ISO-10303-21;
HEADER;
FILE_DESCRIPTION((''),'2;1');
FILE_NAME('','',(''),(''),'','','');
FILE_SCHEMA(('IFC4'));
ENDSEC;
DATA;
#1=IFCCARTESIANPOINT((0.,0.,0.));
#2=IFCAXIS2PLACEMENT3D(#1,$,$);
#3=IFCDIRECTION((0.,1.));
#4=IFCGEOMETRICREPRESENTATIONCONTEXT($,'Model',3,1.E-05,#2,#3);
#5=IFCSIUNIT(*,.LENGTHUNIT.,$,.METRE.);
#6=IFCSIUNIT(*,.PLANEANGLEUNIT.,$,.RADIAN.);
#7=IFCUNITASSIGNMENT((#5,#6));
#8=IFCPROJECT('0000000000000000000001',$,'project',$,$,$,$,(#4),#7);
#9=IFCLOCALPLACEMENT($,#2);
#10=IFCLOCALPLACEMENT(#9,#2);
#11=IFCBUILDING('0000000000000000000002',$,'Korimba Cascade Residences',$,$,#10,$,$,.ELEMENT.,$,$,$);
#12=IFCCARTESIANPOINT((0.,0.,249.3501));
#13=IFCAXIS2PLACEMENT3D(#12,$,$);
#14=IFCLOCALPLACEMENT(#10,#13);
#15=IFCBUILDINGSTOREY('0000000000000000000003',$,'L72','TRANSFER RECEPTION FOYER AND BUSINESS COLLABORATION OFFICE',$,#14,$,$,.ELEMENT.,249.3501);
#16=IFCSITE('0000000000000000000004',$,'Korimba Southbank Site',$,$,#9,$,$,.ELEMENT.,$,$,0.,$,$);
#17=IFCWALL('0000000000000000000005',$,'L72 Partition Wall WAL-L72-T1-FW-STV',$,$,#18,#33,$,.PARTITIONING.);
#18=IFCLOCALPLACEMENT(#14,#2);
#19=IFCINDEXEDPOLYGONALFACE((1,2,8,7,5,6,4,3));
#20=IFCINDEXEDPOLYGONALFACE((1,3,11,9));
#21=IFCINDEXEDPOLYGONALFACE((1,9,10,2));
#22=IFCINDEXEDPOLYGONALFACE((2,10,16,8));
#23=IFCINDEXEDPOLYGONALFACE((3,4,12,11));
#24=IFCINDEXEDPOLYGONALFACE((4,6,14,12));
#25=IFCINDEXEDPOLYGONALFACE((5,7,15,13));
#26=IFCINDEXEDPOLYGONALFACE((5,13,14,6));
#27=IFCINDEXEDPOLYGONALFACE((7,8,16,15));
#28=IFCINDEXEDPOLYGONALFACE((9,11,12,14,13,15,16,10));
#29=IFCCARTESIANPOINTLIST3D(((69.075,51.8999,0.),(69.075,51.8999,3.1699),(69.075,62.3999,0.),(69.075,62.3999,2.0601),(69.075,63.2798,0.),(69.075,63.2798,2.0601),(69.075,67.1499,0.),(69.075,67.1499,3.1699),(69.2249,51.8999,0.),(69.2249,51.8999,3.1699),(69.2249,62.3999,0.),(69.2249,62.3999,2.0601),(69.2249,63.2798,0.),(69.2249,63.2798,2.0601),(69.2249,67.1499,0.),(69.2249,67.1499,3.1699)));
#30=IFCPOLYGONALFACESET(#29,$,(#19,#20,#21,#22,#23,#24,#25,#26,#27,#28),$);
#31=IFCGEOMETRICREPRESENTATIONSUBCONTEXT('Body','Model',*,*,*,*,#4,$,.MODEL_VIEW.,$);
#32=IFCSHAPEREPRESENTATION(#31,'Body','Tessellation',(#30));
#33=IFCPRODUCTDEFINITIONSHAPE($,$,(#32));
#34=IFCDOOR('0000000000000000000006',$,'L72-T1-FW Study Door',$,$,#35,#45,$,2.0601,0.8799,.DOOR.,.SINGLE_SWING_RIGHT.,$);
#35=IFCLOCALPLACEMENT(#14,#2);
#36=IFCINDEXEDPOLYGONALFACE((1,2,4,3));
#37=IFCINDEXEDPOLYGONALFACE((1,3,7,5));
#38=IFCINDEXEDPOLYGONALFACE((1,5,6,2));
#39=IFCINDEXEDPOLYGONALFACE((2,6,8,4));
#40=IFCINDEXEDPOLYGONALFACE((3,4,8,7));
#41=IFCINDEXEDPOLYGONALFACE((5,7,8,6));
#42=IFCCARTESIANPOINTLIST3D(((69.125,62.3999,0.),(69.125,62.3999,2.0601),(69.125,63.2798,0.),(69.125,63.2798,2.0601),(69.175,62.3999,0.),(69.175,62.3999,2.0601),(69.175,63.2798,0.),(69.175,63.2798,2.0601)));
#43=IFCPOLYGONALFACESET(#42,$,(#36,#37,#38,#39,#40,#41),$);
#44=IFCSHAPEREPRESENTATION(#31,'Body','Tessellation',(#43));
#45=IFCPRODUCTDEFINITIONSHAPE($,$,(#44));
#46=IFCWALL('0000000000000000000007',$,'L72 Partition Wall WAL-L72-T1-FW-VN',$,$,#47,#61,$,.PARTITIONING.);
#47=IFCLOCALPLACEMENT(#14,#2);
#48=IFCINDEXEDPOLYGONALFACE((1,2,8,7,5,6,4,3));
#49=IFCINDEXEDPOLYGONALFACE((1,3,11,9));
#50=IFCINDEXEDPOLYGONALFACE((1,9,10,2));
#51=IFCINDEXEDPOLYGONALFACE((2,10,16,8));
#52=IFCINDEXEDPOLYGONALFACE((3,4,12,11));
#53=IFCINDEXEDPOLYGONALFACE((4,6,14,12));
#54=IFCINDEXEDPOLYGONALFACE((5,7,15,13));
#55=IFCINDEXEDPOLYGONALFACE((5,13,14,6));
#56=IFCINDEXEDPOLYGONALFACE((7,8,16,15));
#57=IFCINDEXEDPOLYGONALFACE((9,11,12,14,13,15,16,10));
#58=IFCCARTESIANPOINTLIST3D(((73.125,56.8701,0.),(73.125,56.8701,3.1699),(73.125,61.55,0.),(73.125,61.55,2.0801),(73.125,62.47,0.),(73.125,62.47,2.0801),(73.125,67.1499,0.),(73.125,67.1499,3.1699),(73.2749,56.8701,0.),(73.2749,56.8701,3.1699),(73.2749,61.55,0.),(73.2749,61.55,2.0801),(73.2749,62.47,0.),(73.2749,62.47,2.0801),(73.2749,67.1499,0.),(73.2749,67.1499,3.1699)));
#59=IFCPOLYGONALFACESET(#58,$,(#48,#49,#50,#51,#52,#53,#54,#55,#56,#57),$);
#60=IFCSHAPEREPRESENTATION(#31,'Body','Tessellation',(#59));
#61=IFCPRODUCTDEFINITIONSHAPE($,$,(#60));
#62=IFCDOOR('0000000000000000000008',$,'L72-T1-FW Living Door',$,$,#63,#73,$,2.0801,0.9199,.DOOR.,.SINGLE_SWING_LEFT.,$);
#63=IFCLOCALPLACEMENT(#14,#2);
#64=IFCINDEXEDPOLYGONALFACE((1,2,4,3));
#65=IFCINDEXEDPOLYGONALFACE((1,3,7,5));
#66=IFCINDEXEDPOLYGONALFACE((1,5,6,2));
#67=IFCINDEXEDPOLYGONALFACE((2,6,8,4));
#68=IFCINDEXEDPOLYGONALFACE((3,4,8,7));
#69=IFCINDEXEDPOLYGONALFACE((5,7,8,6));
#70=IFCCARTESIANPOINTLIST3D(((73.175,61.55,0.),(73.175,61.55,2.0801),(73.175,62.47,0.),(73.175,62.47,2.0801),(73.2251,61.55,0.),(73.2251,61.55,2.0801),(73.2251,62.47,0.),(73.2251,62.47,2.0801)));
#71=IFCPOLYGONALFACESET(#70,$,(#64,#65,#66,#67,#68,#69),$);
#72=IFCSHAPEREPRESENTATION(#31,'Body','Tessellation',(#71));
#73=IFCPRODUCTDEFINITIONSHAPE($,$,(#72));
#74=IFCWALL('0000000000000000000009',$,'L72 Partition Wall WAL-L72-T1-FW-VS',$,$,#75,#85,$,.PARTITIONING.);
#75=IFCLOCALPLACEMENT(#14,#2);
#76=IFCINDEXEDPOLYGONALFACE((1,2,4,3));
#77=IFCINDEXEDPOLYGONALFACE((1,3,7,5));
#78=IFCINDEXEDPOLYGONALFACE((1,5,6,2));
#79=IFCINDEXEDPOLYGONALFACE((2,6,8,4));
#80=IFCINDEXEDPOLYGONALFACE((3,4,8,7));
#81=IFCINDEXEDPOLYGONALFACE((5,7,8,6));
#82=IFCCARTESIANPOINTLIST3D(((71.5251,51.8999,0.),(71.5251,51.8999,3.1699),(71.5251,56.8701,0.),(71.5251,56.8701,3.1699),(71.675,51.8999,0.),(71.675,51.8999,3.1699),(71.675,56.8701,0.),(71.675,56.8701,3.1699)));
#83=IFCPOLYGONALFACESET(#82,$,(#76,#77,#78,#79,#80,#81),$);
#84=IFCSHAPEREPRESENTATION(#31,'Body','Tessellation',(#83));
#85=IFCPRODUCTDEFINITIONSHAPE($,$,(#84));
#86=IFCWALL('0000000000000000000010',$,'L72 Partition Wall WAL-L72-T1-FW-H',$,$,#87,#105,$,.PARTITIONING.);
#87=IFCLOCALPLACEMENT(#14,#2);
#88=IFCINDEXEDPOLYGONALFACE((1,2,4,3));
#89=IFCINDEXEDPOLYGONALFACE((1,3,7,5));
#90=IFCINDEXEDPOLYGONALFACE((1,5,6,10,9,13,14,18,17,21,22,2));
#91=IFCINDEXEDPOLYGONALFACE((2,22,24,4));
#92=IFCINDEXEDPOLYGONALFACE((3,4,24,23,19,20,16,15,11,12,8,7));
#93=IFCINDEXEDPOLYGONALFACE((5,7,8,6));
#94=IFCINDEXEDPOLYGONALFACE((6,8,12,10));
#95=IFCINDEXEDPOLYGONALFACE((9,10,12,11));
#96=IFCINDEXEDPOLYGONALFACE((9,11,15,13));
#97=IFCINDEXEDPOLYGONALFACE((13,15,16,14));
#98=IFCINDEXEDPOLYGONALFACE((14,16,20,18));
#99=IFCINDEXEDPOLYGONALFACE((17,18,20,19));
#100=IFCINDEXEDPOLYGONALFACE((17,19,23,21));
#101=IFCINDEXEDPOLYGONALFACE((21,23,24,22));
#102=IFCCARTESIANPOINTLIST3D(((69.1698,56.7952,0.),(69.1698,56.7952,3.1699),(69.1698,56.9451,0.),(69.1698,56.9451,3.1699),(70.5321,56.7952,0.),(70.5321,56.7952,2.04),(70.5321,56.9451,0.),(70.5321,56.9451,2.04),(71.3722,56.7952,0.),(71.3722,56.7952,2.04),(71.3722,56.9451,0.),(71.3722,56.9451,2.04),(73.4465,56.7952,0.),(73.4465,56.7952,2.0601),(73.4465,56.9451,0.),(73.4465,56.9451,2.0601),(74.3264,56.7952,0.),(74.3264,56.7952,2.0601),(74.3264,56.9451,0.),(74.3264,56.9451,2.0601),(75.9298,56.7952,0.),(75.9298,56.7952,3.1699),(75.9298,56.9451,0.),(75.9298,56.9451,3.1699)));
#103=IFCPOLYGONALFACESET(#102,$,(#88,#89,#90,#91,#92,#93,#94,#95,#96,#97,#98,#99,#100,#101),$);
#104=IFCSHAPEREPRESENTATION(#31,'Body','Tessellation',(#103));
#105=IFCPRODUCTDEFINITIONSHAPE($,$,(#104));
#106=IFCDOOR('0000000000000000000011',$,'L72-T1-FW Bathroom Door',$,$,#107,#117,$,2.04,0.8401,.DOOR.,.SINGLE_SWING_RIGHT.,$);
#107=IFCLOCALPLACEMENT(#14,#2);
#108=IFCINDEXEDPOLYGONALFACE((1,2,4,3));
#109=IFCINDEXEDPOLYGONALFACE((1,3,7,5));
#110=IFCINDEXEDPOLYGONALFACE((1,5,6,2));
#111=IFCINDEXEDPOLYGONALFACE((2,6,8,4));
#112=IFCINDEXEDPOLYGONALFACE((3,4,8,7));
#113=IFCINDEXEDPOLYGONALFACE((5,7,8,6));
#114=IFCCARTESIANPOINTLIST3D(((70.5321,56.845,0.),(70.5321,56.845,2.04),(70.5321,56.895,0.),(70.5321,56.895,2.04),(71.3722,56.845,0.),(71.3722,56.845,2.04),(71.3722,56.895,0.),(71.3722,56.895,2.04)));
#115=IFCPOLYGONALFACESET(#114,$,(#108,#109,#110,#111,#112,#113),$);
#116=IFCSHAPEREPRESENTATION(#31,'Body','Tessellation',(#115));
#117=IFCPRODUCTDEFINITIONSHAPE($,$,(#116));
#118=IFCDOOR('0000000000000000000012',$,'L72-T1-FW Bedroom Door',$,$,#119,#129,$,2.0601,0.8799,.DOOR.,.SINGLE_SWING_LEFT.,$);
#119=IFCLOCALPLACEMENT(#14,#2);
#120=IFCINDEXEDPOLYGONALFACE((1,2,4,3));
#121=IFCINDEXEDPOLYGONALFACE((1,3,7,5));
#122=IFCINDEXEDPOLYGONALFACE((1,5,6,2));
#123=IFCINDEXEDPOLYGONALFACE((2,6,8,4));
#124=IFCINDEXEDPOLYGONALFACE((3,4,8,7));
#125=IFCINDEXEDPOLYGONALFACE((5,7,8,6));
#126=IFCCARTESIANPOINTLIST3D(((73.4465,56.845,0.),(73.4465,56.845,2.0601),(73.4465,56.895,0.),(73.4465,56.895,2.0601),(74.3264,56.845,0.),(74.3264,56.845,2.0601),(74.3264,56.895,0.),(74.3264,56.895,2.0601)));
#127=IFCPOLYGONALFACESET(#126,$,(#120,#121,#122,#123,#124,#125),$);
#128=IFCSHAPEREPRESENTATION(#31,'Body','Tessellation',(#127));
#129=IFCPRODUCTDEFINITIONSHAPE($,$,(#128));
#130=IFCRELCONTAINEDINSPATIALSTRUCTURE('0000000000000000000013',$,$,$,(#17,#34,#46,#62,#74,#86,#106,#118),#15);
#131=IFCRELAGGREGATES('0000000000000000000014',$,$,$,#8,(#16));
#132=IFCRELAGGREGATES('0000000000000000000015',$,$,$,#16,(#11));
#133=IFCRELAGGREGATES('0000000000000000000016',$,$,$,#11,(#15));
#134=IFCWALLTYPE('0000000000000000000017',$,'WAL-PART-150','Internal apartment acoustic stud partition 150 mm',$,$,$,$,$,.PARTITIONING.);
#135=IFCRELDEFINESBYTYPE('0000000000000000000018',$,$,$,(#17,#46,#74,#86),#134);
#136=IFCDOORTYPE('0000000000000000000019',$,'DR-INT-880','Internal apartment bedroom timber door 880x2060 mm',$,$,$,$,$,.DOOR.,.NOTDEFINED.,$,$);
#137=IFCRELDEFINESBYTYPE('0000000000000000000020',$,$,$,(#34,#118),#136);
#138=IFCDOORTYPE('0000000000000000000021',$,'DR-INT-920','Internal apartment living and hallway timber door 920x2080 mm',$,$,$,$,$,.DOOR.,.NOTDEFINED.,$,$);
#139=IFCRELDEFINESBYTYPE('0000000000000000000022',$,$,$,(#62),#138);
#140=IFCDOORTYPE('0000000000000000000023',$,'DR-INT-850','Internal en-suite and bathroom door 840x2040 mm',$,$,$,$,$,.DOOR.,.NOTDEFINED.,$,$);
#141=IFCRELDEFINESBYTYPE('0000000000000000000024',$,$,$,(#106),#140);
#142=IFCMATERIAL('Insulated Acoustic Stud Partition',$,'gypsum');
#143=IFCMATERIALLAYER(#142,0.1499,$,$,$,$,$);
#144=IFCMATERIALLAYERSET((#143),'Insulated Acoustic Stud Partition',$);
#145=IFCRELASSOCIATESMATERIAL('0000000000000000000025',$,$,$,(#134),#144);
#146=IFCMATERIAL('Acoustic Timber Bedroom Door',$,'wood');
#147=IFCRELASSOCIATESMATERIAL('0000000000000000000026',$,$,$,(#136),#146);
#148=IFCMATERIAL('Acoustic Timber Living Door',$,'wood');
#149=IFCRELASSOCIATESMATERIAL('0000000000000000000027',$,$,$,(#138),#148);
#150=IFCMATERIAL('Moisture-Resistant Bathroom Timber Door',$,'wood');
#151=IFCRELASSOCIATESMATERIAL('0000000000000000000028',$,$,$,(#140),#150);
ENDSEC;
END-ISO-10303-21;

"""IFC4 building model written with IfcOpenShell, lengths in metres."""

from ifc_helpers import new_model, si_unit, direction, frame, frame_2d, origin, place, context, subcontext, project, spatial, rectangle, extrude, material, layer, layer_set, type_object, element, fill, save


model = new_model("IFC4")

# Units and contexts
model_context = context("Model", 3, precision=1e-05, world=origin(), true_north=direction((0.0, 1.0)))
body_context = subcontext(model_context, "Body", "Model", "MODEL_VIEW")
ifc_project = project(units=[si_unit("LENGTHUNIT", "METRE"), si_unit("PLANEANGLEUNIT", "RADIAN")], contexts=[model_context])

# Site, building, storey
site_placement = place(None, origin())
site = spatial("IfcSite", under=ifc_project, at=site_placement, Name="Korimba Southbank Site", CompositionType="ELEMENT", RefElevation=0.0)
building_placement = place(site_placement, origin())
building = spatial("IfcBuilding", under=site, at=building_placement, Name="Korimba Cascade Residences", CompositionType="ELEMENT")
storey_placement = place(building_placement, frame((0.0, 0.0, 249.3501)))
storey = spatial("IfcBuildingStorey", under=building, at=storey_placement, Name="L72", Description="TRANSFER RECEPTION FOYER AND BUSINESS COLLABORATION OFFICE", CompositionType="ELEMENT", Elevation=249.3501)

# Walls, openings, doors
ifc_material_1 = material(Name="Insulated Acoustic Stud Partition", Category="gypsum")
ifc_layer_1 = layer(ifc_material_1, 0.1499)
ifc_layer_set_1 = layer_set([ifc_layer_1], Name="Insulated Acoustic Stud Partition")
wall_type_1 = type_object("IfcWallType", Name="WAL-PART-150", Description="Internal apartment acoustic stud partition 150 mm", PredefinedType="PARTITIONING", material=ifc_layer_set_1)
wall_1_placement = place(storey_placement, frame((69.1499, 51.8999, 0.0), z_axis=(0.0, 0.0, 1.0), x_axis=(0.0, 1.0, 0.0)))
wall_1 = element("IfcWall", 1, at=wall_1_placement, inside=storey, type_object=wall_type_1, Name="L72 Partition Wall WAL-L72-T1-FW-STV", PredefinedType="PARTITIONING", context=body_context, shape_type="SweptSolid", body=[
    extrude(rectangle(XDim=15.25, YDim=0.1499, at=frame_2d((7.625, 0.0))), origin(), (0.0, 0.0, 1.0), 3.1699),
])
opening_1_placement = place(wall_1_placement, frame((10.5, 0.0, 0.0)))
opening_1 = element("IfcOpeningElement", 2, at=opening_1_placement, cuts=wall_1, PredefinedType="OPENING", context=body_context, shape_type="SweptSolid", body=[
    extrude(rectangle(XDim=0.8799, YDim=2.0601, at=frame_2d((0.4399, 1.03))), frame((0.0, 0.085, 0.0), z_axis=(0.0, -1.0, 0.0), x_axis=(1.0, 0.0, 0.0)), (0.0, 0.0, 1.0), 0.1699),
])
ifc_material_2 = material(Name="Acoustic Timber Bedroom Door", Category="wood")
door_type_1 = type_object("IfcDoorType", Name="DR-INT-880", Description="Internal apartment bedroom timber door 880x2060 mm", OperationType="NOTDEFINED", PredefinedType="DOOR", material=ifc_material_2)
door_1_placement = place(opening_1_placement, origin())
door_1 = element("IfcDoor", 3, at=door_1_placement, inside=storey, type_object=door_type_1, Name="L72-T1-FW Study Door", OperationType="SINGLE_SWING_RIGHT", OverallHeight=2.0601, OverallWidth=0.8799, PredefinedType="DOOR", context=body_context, shape_type="SweptSolid", body=[
    extrude(rectangle(XDim=0.8799, YDim=2.0601, at=frame_2d((0.4399, 1.03))), frame((0.0, 0.0249, 0.0), z_axis=(0.0, -1.0, 0.0), x_axis=(1.0, 0.0, 0.0)), (0.0, 0.0, 1.0), 0.05),
])
fill(opening_1, door_1)
wall_2_placement = place(storey_placement, frame((73.2, 56.8701, 0.0), z_axis=(0.0, 0.0, 1.0), x_axis=(0.0, 1.0, 0.0)))
wall_2 = element("IfcWall", 4, at=wall_2_placement, inside=storey, type_object=wall_type_1, Name="L72 Partition Wall WAL-L72-T1-FW-VN", PredefinedType="PARTITIONING", context=body_context, shape_type="SweptSolid", body=[
    extrude(rectangle(XDim=10.2798, YDim=0.1499, at=frame_2d((5.1399, 0.0))), origin(), (0.0, 0.0, 1.0), 3.1699),
])
opening_2_placement = place(wall_2_placement, frame((4.6799, 0.0, 0.0)))
opening_2 = element("IfcOpeningElement", 5, at=opening_2_placement, cuts=wall_2, PredefinedType="OPENING", context=body_context, shape_type="SweptSolid", body=[
    extrude(rectangle(XDim=0.9199, YDim=2.0801, at=frame_2d((0.46, 1.04))), frame((0.0, 0.085, 0.0), z_axis=(0.0, -1.0, 0.0), x_axis=(1.0, 0.0, 0.0)), (0.0, 0.0, 1.0), 0.1699),
])
ifc_material_3 = material(Name="Acoustic Timber Living Door", Category="wood")
door_type_2 = type_object("IfcDoorType", Name="DR-INT-920", Description="Internal apartment living and hallway timber door 920x2080 mm", OperationType="NOTDEFINED", PredefinedType="DOOR", material=ifc_material_3)
door_2_placement = place(opening_2_placement, origin())
door_2 = element("IfcDoor", 6, at=door_2_placement, inside=storey, type_object=door_type_2, Name="L72-T1-FW Living Door", OperationType="SINGLE_SWING_LEFT", OverallHeight=2.0801, OverallWidth=0.9199, PredefinedType="DOOR", context=body_context, shape_type="SweptSolid", body=[
    extrude(rectangle(XDim=0.9199, YDim=2.0801, at=frame_2d((0.46, 1.04))), frame((0.0, 0.0249, 0.0), z_axis=(0.0, -1.0, 0.0), x_axis=(1.0, 0.0, 0.0)), (0.0, 0.0, 1.0), 0.05),
])
fill(opening_2, door_2)

# Wall
wall_3_placement = place(storey_placement, frame((71.6001, 51.8999, 0.0), z_axis=(0.0, 0.0, 1.0), x_axis=(0.0, 1.0, 0.0)))
element("IfcWall", 7, at=wall_3_placement, inside=storey, type_object=wall_type_1, Name="L72 Partition Wall WAL-L72-T1-FW-VS", PredefinedType="PARTITIONING", context=body_context, shape_type="SweptSolid", body=[
    extrude(rectangle(XDim=4.9702, YDim=0.1499, at=frame_2d((2.4851, 0.0))), origin(), (0.0, 0.0, 1.0), 3.1699),
])

# Wall, openings, doors
wall_4_placement = place(storey_placement, frame((69.1699, 56.8701, 0.0), z_axis=(0.0, 0.0, 1.0), x_axis=(1.0, 0.0, 0.0)))
wall_4 = element("IfcWall", 8, at=wall_4_placement, inside=storey, type_object=wall_type_1, Name="L72 Partition Wall WAL-L72-T1-FW-H", PredefinedType="PARTITIONING", context=body_context, shape_type="SweptSolid", body=[
    extrude(rectangle(XDim=6.76, YDim=0.1499, at=frame_2d((3.3799, 0.0))), origin(), (0.0, 0.0, 1.0), 3.1699),
])
opening_3_placement = place(wall_4_placement, frame((1.3623, 0.0, 0.0)))
opening_3 = element("IfcOpeningElement", 9, at=opening_3_placement, cuts=wall_4, PredefinedType="OPENING", context=body_context, shape_type="SweptSolid", body=[
    extrude(rectangle(XDim=0.8401, YDim=2.04, at=frame_2d((0.4199, 1.02))), frame((0.0, 0.085, 0.0), z_axis=(0.0, -1.0, 0.0), x_axis=(1.0, 0.0, 0.0)), (0.0, 0.0, 1.0), 0.1699),
])
opening_4_placement = place(wall_4_placement, frame((4.2766, 0.0, 0.0)))
opening_4 = element("IfcOpeningElement", 10, at=opening_4_placement, cuts=wall_4, PredefinedType="OPENING", context=body_context, shape_type="SweptSolid", body=[
    extrude(rectangle(XDim=0.8799, YDim=2.0601, at=frame_2d((0.4399, 1.03))), frame((0.0, 0.085, 0.0), z_axis=(0.0, -1.0, 0.0), x_axis=(1.0, 0.0, 0.0)), (0.0, 0.0, 1.0), 0.1699),
])
ifc_material_4 = material(Name="Moisture-Resistant Bathroom Timber Door", Category="wood")
door_type_3 = type_object("IfcDoorType", Name="DR-INT-850", Description="Internal en-suite and bathroom door 840x2040 mm", OperationType="NOTDEFINED", PredefinedType="DOOR", material=ifc_material_4)
door_3_placement = place(opening_3_placement, origin())
door_3 = element("IfcDoor", 11, at=door_3_placement, inside=storey, type_object=door_type_3, Name="L72-T1-FW Bathroom Door", OperationType="SINGLE_SWING_RIGHT", OverallHeight=2.04, OverallWidth=0.8401, PredefinedType="DOOR", context=body_context, shape_type="SweptSolid", body=[
    extrude(rectangle(XDim=0.8401, YDim=2.04, at=frame_2d((0.4199, 1.02))), frame((0.0, 0.0249, 0.0), z_axis=(0.0, -1.0, 0.0), x_axis=(1.0, 0.0, 0.0)), (0.0, 0.0, 1.0), 0.05),
])
fill(opening_3, door_3)
door_4_placement = place(opening_4_placement, origin())
door_4 = element("IfcDoor", 12, at=door_4_placement, inside=storey, type_object=door_type_1, Name="L72-T1-FW Bedroom Door", OperationType="SINGLE_SWING_LEFT", OverallHeight=2.0601, OverallWidth=0.8799, PredefinedType="DOOR", context=body_context, shape_type="SweptSolid", body=[
    extrude(rectangle(XDim=0.8799, YDim=2.0601, at=frame_2d((0.4399, 1.03))), frame((0.0, 0.0249, 0.0), z_axis=(0.0, -1.0, 0.0), x_axis=(1.0, 0.0, 0.0)), (0.0, 0.0, 1.0), 0.05),
])
fill(opening_4, door_4)

save(model, "model.ifc")
